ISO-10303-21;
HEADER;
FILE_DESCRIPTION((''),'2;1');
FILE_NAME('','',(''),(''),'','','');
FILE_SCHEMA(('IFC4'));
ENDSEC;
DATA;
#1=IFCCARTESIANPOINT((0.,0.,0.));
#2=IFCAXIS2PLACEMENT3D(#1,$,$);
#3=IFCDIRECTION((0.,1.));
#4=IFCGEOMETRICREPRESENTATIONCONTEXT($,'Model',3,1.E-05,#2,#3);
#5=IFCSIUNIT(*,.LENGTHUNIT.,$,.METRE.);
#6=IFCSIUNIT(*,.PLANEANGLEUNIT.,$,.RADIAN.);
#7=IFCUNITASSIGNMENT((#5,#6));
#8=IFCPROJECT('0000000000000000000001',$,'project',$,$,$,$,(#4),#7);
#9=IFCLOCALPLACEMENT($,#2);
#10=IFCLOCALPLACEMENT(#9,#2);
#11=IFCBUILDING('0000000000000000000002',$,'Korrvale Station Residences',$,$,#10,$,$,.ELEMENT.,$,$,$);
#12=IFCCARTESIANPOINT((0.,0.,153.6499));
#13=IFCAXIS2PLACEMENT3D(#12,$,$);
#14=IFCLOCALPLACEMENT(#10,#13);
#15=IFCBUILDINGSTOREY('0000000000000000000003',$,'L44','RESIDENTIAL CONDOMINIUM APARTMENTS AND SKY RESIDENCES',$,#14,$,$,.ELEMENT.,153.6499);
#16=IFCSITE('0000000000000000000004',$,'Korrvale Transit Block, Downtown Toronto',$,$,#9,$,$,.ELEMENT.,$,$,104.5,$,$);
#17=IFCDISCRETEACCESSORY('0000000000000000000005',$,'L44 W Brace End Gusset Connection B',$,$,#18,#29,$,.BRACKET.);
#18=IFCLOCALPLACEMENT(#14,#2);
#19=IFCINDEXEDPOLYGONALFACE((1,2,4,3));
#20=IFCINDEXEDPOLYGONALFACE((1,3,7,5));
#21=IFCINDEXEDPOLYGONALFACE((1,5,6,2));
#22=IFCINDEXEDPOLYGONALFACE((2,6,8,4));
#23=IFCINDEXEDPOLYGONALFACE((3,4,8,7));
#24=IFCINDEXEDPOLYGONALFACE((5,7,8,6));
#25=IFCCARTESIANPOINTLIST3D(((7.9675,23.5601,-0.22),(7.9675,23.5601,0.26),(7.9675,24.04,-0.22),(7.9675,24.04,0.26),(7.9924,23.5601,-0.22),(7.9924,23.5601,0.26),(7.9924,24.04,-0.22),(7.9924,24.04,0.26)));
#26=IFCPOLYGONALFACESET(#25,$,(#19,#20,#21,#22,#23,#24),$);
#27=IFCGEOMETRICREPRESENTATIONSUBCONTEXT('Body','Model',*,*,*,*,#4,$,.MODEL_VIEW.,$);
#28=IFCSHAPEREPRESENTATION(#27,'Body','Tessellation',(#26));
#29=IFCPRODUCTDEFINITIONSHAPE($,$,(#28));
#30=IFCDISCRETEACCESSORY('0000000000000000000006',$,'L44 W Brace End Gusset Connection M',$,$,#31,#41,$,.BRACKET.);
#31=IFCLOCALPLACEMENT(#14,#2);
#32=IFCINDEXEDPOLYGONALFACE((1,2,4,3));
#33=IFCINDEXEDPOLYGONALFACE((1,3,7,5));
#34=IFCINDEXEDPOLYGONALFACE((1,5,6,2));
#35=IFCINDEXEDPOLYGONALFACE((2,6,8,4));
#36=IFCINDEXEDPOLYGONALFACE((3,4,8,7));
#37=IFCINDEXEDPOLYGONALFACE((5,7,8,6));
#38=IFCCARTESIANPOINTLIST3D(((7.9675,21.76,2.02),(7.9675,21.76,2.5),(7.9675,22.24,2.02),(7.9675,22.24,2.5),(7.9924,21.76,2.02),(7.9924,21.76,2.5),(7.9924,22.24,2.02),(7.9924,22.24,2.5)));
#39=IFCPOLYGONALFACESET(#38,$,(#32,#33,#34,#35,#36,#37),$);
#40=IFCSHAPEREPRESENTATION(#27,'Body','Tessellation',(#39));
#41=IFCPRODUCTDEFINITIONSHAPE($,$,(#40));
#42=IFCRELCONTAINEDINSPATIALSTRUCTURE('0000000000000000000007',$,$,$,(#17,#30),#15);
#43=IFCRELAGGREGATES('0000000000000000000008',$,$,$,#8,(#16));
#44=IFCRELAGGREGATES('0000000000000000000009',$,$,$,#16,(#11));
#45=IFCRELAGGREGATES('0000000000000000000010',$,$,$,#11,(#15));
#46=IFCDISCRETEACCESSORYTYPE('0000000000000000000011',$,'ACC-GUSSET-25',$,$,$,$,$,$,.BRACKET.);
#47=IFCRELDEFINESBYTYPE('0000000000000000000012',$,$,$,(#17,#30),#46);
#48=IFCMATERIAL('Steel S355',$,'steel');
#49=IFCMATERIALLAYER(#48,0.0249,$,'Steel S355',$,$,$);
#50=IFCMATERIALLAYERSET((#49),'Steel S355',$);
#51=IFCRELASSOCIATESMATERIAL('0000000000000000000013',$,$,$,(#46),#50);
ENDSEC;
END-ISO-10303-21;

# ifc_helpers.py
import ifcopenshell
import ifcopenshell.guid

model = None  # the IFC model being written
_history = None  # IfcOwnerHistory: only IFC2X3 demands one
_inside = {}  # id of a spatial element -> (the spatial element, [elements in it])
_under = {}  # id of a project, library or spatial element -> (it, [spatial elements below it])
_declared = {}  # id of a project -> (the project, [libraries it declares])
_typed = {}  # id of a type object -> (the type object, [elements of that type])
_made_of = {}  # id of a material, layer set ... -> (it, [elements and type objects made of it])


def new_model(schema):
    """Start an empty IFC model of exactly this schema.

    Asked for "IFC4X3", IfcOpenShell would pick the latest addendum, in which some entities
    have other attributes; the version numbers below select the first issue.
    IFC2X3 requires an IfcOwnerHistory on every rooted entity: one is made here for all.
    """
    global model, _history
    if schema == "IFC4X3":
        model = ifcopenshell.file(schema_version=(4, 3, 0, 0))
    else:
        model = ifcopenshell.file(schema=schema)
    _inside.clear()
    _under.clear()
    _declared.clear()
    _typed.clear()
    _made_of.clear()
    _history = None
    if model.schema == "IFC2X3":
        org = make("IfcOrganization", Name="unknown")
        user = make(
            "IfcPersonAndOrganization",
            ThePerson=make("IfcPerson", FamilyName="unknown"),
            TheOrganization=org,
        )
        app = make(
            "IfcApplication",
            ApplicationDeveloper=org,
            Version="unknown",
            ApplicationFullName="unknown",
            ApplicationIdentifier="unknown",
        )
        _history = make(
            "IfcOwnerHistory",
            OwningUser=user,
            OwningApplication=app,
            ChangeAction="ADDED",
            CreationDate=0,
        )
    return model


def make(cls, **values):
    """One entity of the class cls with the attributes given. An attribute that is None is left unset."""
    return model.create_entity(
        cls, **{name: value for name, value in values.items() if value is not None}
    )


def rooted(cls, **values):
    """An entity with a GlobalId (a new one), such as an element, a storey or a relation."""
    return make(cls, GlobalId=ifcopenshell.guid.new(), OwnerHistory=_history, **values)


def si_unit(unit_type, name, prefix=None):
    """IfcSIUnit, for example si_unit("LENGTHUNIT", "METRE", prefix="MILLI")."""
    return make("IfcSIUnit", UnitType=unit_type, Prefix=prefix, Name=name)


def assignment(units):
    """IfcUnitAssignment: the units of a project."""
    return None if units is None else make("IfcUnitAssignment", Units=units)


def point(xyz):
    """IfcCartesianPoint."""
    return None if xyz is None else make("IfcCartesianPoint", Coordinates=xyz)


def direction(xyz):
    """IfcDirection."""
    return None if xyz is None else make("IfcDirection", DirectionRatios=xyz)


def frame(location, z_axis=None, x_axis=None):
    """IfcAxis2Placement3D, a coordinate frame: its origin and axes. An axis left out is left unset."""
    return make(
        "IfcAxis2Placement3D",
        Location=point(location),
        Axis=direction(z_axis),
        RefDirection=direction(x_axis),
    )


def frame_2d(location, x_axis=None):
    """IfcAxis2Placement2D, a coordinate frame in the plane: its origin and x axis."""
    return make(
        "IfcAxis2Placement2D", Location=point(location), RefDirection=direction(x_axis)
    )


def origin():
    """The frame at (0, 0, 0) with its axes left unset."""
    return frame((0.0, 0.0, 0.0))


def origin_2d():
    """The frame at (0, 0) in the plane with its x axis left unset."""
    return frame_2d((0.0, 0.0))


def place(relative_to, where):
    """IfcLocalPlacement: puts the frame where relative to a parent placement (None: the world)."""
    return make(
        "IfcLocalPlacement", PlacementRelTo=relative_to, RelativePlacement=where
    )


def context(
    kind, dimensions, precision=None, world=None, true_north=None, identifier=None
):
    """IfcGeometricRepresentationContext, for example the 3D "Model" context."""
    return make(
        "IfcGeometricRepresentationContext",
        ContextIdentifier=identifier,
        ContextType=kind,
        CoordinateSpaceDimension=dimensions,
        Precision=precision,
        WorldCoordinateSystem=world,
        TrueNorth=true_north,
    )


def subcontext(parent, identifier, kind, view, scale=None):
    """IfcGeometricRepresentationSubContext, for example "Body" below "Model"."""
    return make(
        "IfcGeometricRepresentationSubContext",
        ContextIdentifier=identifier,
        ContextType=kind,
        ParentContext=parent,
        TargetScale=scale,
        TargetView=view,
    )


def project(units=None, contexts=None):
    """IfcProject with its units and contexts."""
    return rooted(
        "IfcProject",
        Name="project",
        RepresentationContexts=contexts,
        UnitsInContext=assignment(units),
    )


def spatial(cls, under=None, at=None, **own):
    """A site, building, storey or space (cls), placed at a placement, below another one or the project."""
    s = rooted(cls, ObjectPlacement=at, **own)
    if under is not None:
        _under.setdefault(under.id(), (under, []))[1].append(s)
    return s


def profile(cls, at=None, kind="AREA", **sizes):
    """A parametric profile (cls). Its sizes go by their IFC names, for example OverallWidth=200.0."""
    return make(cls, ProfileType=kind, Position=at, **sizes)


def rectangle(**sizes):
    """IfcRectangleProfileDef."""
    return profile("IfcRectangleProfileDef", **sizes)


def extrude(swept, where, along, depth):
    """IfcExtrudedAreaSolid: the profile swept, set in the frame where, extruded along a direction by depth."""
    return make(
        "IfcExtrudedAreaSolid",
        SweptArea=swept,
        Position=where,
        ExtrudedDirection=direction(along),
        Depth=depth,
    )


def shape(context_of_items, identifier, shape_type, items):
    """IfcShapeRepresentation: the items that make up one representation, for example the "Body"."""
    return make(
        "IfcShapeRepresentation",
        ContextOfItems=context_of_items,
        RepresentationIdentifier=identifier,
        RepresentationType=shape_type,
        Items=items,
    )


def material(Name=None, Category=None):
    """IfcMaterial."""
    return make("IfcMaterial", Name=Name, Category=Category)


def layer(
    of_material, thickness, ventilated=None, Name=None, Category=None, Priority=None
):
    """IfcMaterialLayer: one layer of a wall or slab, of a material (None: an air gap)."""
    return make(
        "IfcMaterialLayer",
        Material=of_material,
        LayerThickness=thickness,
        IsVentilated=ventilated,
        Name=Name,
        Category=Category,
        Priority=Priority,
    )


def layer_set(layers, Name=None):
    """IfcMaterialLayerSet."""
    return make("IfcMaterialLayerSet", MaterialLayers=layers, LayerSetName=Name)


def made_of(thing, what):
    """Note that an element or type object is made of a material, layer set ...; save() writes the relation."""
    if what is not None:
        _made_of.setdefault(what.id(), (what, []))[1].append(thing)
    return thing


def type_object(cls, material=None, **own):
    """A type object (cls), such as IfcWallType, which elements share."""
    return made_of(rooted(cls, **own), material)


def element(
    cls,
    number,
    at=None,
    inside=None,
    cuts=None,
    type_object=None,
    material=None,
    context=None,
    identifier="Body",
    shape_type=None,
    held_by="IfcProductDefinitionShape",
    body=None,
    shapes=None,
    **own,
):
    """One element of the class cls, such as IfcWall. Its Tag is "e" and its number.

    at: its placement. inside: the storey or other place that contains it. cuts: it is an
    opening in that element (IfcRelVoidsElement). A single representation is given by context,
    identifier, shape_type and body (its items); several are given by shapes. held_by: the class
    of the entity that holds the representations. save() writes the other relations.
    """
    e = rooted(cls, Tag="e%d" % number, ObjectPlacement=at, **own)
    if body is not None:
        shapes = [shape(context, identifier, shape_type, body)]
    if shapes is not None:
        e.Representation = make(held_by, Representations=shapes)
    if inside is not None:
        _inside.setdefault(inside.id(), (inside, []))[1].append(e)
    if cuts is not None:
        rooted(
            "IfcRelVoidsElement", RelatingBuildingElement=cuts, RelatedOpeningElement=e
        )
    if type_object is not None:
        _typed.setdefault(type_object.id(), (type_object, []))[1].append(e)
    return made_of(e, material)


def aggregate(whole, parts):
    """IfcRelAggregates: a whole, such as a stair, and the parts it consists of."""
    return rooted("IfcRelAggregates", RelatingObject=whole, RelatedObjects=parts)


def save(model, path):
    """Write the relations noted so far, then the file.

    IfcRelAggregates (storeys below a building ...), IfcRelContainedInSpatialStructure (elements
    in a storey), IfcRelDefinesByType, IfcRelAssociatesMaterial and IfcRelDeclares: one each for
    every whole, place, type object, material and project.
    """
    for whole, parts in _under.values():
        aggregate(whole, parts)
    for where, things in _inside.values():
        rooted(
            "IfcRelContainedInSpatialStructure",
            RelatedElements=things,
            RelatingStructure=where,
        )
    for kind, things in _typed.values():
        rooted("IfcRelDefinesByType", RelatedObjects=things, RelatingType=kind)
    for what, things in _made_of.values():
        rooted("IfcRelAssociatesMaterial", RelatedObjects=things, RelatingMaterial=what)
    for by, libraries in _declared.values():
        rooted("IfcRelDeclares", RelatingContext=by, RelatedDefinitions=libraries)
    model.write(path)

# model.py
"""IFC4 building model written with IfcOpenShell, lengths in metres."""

from ifc_helpers import new_model, si_unit, direction, frame, origin, origin_2d, place, context, subcontext, project, spatial, rectangle, extrude, material, layer, layer_set, type_object, element, save


model = new_model("IFC4")

# Units and contexts
model_context = context("Model", 3, precision=1e-05, world=origin(), true_north=direction((0.0, 1.0)))
body_context = subcontext(model_context, "Body", "Model", "MODEL_VIEW")
ifc_project = project(units=[si_unit("LENGTHUNIT", "METRE"), si_unit("PLANEANGLEUNIT", "RADIAN")], contexts=[model_context])

# Site, building, storey
site_placement = place(None, origin())
site = spatial("IfcSite", under=ifc_project, at=site_placement, Name="Korrvale Transit Block, Downtown Toronto", CompositionType="ELEMENT", RefElevation=104.5)
building_placement = place(site_placement, origin())
building = spatial("IfcBuilding", under=site, at=building_placement, Name="Korrvale Station Residences", CompositionType="ELEMENT")
storey_placement = place(building_placement, frame((0.0, 0.0, 153.6499)))
storey = spatial("IfcBuildingStorey", under=building, at=storey_placement, Name="L44", Description="RESIDENTIAL CONDOMINIUM APARTMENTS AND SKY RESIDENCES", CompositionType="ELEMENT", Elevation=153.6499)

# Shared definitions
ifc_material_1 = material(Name="Steel S355", Category="steel")

# Discrete accessories
ifc_layer_1 = layer(ifc_material_1, 0.0249, Name="Steel S355")
ifc_layer_set_1 = layer_set([ifc_layer_1], Name="Steel S355")
discrete_accessory_type = type_object("IfcDiscreteAccessoryType", Name="ACC-GUSSET-25", PredefinedType="BRACKET", material=ifc_layer_set_1)
for number, where, z_axis, x_axis, name in (
    (1, (7.98, 23.8, -0.22), (0.0, 0.0, 1.0), (0.0, 1.0, 0.0), "L44 W Brace End Gusset Connection B"),
    (2, (7.98, 22.0, 2.02), (0.0, 0.0, 1.0), (0.0, 1.0, 0.0), "L44 W Brace End Gusset Connection M"),
):
    element("IfcDiscreteAccessory", number, at=place(storey_placement, frame(where, z_axis=z_axis, x_axis=x_axis)), inside=storey, type_object=discrete_accessory_type, Name=name, PredefinedType="BRACKET", context=body_context, shape_type="SweptSolid", body=[
        extrude(rectangle(XDim=0.48, YDim=0.0249, at=origin_2d()), origin(), (0.0, 0.0, 1.0), 0.48),
    ])

save(model, "model.ifc")
